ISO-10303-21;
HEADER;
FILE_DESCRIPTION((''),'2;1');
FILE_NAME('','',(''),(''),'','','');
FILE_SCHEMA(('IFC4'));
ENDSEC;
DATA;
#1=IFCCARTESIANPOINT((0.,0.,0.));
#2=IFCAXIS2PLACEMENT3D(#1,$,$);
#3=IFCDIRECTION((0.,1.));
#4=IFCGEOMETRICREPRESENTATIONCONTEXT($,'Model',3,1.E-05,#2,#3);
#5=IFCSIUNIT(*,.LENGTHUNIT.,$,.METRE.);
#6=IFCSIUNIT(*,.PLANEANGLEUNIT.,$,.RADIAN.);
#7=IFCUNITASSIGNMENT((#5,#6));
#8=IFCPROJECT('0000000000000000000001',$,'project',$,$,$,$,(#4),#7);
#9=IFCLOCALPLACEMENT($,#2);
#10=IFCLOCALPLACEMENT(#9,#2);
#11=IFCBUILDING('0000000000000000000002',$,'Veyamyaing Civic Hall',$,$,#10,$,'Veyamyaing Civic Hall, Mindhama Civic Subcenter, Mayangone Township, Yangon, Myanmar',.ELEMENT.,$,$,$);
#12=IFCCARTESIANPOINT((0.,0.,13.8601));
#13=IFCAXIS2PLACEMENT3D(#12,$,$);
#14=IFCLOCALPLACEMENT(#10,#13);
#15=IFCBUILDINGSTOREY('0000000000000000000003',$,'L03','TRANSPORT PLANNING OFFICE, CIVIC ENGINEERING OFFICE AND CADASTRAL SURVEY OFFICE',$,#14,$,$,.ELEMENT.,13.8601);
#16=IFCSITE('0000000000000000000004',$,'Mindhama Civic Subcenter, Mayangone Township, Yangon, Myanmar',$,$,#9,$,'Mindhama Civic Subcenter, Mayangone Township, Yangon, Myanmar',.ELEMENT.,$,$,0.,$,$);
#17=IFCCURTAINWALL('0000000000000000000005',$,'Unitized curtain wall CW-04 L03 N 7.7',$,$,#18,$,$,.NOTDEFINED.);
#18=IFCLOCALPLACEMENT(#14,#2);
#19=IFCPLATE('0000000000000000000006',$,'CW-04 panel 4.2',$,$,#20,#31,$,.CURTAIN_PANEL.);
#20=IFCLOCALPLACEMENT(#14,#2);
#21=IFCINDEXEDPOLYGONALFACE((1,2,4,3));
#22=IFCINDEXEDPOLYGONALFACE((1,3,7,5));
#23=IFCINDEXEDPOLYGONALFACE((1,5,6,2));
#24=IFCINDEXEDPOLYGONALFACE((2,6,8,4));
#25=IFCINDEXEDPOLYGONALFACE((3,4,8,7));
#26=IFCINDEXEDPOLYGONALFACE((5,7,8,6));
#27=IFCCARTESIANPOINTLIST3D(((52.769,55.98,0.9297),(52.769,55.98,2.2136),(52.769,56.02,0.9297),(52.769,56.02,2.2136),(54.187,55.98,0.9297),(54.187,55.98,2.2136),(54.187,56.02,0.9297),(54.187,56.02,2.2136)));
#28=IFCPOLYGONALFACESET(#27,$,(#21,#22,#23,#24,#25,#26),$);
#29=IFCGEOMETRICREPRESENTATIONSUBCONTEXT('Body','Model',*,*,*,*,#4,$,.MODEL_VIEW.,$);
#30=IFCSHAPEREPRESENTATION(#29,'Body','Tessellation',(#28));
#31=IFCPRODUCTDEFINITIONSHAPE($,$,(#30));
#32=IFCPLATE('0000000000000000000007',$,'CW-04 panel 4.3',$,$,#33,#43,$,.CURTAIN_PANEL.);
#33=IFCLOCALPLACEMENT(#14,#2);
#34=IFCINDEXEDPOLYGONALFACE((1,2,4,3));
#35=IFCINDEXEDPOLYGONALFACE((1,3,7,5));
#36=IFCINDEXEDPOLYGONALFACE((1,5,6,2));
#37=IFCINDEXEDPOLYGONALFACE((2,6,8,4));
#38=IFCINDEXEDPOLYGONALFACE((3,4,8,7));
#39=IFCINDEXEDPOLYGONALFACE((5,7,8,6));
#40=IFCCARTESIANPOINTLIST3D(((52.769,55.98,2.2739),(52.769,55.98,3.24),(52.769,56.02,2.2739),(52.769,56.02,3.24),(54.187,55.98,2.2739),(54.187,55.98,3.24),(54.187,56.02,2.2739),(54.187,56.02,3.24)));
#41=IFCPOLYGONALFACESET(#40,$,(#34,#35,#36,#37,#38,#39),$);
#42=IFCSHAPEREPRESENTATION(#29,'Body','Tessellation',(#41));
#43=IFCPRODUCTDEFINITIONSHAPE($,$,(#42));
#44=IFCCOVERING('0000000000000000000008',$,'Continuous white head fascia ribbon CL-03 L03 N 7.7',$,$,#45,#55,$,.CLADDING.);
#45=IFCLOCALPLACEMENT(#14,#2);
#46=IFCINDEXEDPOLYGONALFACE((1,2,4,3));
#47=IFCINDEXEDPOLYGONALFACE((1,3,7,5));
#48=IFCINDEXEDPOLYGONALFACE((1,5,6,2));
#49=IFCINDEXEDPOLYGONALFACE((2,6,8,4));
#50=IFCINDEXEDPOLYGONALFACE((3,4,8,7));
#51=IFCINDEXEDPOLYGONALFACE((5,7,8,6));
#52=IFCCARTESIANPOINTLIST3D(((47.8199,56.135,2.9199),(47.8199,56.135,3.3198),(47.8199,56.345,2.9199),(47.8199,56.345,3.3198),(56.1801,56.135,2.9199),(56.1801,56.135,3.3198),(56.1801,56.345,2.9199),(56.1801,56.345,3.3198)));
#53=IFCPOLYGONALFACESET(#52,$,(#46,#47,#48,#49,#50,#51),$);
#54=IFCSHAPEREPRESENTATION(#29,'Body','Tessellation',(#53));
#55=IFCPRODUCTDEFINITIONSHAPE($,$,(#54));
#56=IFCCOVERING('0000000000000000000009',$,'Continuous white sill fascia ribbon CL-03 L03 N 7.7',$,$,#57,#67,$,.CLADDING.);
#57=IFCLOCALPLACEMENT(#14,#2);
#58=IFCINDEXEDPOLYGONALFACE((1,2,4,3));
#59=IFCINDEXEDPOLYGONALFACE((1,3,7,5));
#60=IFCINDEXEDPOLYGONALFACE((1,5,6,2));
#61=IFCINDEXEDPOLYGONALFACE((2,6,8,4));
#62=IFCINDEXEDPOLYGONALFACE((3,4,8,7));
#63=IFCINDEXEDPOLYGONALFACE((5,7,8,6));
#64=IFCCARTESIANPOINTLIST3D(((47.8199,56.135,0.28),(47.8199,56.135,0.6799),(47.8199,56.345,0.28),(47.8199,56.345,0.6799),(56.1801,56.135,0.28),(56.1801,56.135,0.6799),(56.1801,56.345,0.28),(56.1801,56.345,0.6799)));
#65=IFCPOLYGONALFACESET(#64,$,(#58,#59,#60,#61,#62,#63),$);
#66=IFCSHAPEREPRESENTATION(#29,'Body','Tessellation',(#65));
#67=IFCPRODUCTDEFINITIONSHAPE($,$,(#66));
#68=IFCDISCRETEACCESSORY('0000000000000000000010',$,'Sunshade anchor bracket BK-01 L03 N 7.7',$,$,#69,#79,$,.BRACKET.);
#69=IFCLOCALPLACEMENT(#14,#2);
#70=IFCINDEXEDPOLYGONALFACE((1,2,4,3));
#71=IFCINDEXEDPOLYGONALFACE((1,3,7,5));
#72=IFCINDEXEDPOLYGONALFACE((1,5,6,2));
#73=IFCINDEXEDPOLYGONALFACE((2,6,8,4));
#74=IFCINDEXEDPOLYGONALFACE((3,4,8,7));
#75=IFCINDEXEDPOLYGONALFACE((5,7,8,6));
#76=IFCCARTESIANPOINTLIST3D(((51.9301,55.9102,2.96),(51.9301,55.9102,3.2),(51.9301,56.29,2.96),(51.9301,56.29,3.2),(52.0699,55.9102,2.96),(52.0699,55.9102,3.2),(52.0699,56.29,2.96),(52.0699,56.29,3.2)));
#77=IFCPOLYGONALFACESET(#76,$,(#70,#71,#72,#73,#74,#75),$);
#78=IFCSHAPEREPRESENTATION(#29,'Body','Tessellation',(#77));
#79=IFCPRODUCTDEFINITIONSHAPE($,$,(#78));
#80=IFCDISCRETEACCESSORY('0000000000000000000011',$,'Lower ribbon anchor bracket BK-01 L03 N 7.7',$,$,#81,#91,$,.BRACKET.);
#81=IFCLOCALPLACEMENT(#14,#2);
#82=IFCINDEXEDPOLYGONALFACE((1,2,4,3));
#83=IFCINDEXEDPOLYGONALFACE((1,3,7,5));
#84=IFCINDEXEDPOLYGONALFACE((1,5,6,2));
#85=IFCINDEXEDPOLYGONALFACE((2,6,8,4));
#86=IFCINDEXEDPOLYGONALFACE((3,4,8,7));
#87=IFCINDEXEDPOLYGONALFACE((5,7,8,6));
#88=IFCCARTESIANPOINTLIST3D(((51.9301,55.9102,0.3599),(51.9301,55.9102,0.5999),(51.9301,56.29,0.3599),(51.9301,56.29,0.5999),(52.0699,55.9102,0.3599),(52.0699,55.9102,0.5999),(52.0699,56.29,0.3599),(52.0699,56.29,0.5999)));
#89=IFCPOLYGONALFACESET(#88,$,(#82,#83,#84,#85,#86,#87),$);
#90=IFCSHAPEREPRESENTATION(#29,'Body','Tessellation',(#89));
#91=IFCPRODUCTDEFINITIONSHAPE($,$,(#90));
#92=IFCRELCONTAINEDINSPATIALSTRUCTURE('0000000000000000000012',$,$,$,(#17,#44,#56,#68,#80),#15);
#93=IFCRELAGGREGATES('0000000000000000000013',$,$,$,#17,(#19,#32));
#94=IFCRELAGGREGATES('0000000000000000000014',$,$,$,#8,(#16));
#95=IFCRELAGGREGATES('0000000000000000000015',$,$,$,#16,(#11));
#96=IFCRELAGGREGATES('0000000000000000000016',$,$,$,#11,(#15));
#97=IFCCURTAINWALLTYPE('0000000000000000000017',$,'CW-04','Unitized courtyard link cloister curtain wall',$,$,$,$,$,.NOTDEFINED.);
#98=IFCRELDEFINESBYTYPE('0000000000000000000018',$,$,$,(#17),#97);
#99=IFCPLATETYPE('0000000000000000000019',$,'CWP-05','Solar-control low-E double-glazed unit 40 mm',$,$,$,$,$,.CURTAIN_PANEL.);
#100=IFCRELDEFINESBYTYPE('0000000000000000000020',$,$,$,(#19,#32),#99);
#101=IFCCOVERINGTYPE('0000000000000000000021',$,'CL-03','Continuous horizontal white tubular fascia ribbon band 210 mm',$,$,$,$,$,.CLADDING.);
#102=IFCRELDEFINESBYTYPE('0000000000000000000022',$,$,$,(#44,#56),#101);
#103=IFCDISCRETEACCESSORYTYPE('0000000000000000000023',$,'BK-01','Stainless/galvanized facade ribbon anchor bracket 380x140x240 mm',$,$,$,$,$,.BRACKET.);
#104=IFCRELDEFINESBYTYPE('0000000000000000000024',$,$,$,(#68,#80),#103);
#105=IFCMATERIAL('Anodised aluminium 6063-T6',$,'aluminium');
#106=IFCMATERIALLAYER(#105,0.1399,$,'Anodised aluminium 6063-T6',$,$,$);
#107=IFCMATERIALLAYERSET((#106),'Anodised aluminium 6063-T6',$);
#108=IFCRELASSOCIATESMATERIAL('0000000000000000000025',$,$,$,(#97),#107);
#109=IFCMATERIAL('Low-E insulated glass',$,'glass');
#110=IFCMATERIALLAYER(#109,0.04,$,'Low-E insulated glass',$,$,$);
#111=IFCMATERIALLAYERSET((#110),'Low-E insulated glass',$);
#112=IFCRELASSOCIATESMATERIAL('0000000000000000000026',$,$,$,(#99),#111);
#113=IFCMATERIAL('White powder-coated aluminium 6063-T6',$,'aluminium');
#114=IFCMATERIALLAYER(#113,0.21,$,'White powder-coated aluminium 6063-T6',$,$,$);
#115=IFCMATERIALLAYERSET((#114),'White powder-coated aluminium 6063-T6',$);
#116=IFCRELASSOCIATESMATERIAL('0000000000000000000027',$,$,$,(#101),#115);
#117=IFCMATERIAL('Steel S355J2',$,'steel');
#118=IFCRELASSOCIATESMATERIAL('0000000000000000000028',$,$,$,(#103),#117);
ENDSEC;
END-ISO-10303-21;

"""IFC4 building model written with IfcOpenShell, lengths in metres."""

from ifc_helpers import new_model, si_unit, direction, frame, origin, origin_2d, place, context, subcontext, project, spatial, rectangle, extrude, material, layer, layer_set, type_object, element, aggregate, save


model = new_model("IFC4")

# Units and contexts
model_context = context("Model", 3, precision=1e-05, world=origin(), true_north=direction((0.0, 1.0)))
body_context = subcontext(model_context, "Body", "Model", "MODEL_VIEW")
ifc_project = project(units=[si_unit("LENGTHUNIT", "METRE"), si_unit("PLANEANGLEUNIT", "RADIAN")], contexts=[model_context])

# Site, building, storey
site_placement = place(None, origin())
site = spatial("IfcSite", under=ifc_project, at=site_placement, Name="Mindhama Civic Subcenter, Mayangone Township, Yangon, Myanmar", LongName="Mindhama Civic Subcenter, Mayangone Township, Yangon, Myanmar", CompositionType="ELEMENT", RefElevation=0.0)
building_placement = place(site_placement, origin())
building = spatial("IfcBuilding", under=site, at=building_placement, Name="Veyamyaing Civic Hall", LongName="Veyamyaing Civic Hall, Mindhama Civic Subcenter, Mayangone Township, Yangon, Myanmar", CompositionType="ELEMENT")
storey_placement = place(building_placement, frame((0.0, 0.0, 13.8601)))
storey = spatial("IfcBuildingStorey", under=building, at=storey_placement, Name="L03", Description="TRANSPORT PLANNING OFFICE, CIVIC ENGINEERING OFFICE AND CADASTRAL SURVEY OFFICE", CompositionType="ELEMENT", Elevation=13.8601)

# Curtain wall, plates
ifc_material_1 = material(Name="Anodised aluminium 6063-T6", Category="aluminium")
ifc_layer_1 = layer(ifc_material_1, 0.1399, Name="Anodised aluminium 6063-T6")
ifc_layer_set_1 = layer_set([ifc_layer_1], Name="Anodised aluminium 6063-T6")
curtain_wall_type = type_object("IfcCurtainWallType", Name="CW-04", Description="Unitized courtyard link cloister curtain wall", PredefinedType="NOTDEFINED", material=ifc_layer_set_1)
curtain_wall_placement = place(storey_placement, origin())
curtain_wall = element("IfcCurtainWall", 1, at=curtain_wall_placement, inside=storey, type_object=curtain_wall_type, Name="Unitized curtain wall CW-04 L03 N 7.7", PredefinedType="NOTDEFINED")
ifc_material_2 = material(Name="Low-E insulated glass", Category="glass")
ifc_layer_2 = layer(ifc_material_2, 0.04, Name="Low-E insulated glass")
ifc_layer_set_2 = layer_set([ifc_layer_2], Name="Low-E insulated glass")
plate_type = type_object("IfcPlateType", Name="CWP-05", Description="Solar-control low-E double-glazed unit 40 mm", PredefinedType="CURTAIN_PANEL", material=ifc_layer_set_2)
plate_1_placement = place(storey_placement, frame((53.478, 56.0, 0.9297), z_axis=(0.0, 0.0, 1.0), x_axis=(1.0, 0.0, 0.0)))
plate_1 = element("IfcPlate", 2, at=plate_1_placement, type_object=plate_type, Name="CW-04 panel 4.2", PredefinedType="CURTAIN_PANEL", context=body_context, shape_type="SweptSolid", body=[
    extrude(rectangle(XDim=1.418, YDim=0.04, at=origin_2d()), origin(), (0.0, 0.0, 1.0), 1.2839),
])
plate_2_placement = place(storey_placement, frame((53.478, 56.0, 2.2739), z_axis=(0.0, 0.0, 1.0), x_axis=(1.0, 0.0, 0.0)))
plate_2 = element("IfcPlate", 3, at=plate_2_placement, type_object=plate_type, Name="CW-04 panel 4.3", PredefinedType="CURTAIN_PANEL", context=body_context, shape_type="SweptSolid", body=[
    extrude(rectangle(XDim=1.418, YDim=0.04, at=origin_2d()), origin(), (0.0, 0.0, 1.0), 0.9661),
])
aggregate(curtain_wall, [plate_1, plate_2])

# Coverings
ifc_material_3 = material(Name="White powder-coated aluminium 6063-T6", Category="aluminium")
ifc_layer_3 = layer(ifc_material_3, 0.21, Name="White powder-coated aluminium 6063-T6")
ifc_layer_set_3 = layer_set([ifc_layer_3], Name="White powder-coated aluminium 6063-T6")
covering_type = type_object("IfcCoveringType", Name="CL-03", Description="Continuous horizontal white tubular fascia ribbon band 210 mm", PredefinedType="CLADDING", material=ifc_layer_set_3)
for number, where, z_axis, x_axis, name in (
    (4, (52.0, 56.24, 2.9199), (0.0, 0.0, 1.0), (1.0, 0.0, 0.0), "Continuous white head fascia ribbon CL-03 L03 N 7.7"),
    (5, (52.0, 56.24, 0.28), (0.0, 0.0, 1.0), (1.0, 0.0, 0.0), "Continuous white sill fascia ribbon CL-03 L03 N 7.7"),
):
    element("IfcCovering", number, at=place(storey_placement, frame(where, z_axis=z_axis, x_axis=x_axis)), inside=storey, type_object=covering_type, Name=name, PredefinedType="CLADDING", context=body_context, shape_type="SweptSolid", body=[
        extrude(rectangle(XDim=8.3601, YDim=0.21, at=origin_2d()), origin(), (0.0, 0.0, 1.0), 0.3999),
    ])

# Discrete accessories
ifc_material_4 = material(Name="Steel S355J2", Category="steel")
discrete_accessory_type = type_object("IfcDiscreteAccessoryType", Name="BK-01", Description="Stainless/galvanized facade ribbon anchor bracket 380x140x240 mm", PredefinedType="BRACKET", material=ifc_material_4)
for number, where, z_axis, x_axis, name in (
    (6, (52.0, 56.1001, 2.96), (0.0, 0.0, 1.0), (0.0, 1.0, 0.0), "Sunshade anchor bracket BK-01 L03 N 7.7"),
    (7, (52.0, 56.1001, 0.3599), (0.0, 0.0, 1.0), (0.0, 1.0, 0.0), "Lower ribbon anchor bracket BK-01 L03 N 7.7"),
):
    element("IfcDiscreteAccessory", number, at=place(storey_placement, frame(where, z_axis=z_axis, x_axis=x_axis)), inside=storey, type_object=discrete_accessory_type, Name=name, PredefinedType="BRACKET", context=body_context, shape_type="SweptSolid", body=[
        extrude(rectangle(XDim=0.3799, YDim=0.1399, at=origin_2d()), origin(), (0.0, 0.0, 1.0), 0.24),
    ])

save(model, "model.ifc")
